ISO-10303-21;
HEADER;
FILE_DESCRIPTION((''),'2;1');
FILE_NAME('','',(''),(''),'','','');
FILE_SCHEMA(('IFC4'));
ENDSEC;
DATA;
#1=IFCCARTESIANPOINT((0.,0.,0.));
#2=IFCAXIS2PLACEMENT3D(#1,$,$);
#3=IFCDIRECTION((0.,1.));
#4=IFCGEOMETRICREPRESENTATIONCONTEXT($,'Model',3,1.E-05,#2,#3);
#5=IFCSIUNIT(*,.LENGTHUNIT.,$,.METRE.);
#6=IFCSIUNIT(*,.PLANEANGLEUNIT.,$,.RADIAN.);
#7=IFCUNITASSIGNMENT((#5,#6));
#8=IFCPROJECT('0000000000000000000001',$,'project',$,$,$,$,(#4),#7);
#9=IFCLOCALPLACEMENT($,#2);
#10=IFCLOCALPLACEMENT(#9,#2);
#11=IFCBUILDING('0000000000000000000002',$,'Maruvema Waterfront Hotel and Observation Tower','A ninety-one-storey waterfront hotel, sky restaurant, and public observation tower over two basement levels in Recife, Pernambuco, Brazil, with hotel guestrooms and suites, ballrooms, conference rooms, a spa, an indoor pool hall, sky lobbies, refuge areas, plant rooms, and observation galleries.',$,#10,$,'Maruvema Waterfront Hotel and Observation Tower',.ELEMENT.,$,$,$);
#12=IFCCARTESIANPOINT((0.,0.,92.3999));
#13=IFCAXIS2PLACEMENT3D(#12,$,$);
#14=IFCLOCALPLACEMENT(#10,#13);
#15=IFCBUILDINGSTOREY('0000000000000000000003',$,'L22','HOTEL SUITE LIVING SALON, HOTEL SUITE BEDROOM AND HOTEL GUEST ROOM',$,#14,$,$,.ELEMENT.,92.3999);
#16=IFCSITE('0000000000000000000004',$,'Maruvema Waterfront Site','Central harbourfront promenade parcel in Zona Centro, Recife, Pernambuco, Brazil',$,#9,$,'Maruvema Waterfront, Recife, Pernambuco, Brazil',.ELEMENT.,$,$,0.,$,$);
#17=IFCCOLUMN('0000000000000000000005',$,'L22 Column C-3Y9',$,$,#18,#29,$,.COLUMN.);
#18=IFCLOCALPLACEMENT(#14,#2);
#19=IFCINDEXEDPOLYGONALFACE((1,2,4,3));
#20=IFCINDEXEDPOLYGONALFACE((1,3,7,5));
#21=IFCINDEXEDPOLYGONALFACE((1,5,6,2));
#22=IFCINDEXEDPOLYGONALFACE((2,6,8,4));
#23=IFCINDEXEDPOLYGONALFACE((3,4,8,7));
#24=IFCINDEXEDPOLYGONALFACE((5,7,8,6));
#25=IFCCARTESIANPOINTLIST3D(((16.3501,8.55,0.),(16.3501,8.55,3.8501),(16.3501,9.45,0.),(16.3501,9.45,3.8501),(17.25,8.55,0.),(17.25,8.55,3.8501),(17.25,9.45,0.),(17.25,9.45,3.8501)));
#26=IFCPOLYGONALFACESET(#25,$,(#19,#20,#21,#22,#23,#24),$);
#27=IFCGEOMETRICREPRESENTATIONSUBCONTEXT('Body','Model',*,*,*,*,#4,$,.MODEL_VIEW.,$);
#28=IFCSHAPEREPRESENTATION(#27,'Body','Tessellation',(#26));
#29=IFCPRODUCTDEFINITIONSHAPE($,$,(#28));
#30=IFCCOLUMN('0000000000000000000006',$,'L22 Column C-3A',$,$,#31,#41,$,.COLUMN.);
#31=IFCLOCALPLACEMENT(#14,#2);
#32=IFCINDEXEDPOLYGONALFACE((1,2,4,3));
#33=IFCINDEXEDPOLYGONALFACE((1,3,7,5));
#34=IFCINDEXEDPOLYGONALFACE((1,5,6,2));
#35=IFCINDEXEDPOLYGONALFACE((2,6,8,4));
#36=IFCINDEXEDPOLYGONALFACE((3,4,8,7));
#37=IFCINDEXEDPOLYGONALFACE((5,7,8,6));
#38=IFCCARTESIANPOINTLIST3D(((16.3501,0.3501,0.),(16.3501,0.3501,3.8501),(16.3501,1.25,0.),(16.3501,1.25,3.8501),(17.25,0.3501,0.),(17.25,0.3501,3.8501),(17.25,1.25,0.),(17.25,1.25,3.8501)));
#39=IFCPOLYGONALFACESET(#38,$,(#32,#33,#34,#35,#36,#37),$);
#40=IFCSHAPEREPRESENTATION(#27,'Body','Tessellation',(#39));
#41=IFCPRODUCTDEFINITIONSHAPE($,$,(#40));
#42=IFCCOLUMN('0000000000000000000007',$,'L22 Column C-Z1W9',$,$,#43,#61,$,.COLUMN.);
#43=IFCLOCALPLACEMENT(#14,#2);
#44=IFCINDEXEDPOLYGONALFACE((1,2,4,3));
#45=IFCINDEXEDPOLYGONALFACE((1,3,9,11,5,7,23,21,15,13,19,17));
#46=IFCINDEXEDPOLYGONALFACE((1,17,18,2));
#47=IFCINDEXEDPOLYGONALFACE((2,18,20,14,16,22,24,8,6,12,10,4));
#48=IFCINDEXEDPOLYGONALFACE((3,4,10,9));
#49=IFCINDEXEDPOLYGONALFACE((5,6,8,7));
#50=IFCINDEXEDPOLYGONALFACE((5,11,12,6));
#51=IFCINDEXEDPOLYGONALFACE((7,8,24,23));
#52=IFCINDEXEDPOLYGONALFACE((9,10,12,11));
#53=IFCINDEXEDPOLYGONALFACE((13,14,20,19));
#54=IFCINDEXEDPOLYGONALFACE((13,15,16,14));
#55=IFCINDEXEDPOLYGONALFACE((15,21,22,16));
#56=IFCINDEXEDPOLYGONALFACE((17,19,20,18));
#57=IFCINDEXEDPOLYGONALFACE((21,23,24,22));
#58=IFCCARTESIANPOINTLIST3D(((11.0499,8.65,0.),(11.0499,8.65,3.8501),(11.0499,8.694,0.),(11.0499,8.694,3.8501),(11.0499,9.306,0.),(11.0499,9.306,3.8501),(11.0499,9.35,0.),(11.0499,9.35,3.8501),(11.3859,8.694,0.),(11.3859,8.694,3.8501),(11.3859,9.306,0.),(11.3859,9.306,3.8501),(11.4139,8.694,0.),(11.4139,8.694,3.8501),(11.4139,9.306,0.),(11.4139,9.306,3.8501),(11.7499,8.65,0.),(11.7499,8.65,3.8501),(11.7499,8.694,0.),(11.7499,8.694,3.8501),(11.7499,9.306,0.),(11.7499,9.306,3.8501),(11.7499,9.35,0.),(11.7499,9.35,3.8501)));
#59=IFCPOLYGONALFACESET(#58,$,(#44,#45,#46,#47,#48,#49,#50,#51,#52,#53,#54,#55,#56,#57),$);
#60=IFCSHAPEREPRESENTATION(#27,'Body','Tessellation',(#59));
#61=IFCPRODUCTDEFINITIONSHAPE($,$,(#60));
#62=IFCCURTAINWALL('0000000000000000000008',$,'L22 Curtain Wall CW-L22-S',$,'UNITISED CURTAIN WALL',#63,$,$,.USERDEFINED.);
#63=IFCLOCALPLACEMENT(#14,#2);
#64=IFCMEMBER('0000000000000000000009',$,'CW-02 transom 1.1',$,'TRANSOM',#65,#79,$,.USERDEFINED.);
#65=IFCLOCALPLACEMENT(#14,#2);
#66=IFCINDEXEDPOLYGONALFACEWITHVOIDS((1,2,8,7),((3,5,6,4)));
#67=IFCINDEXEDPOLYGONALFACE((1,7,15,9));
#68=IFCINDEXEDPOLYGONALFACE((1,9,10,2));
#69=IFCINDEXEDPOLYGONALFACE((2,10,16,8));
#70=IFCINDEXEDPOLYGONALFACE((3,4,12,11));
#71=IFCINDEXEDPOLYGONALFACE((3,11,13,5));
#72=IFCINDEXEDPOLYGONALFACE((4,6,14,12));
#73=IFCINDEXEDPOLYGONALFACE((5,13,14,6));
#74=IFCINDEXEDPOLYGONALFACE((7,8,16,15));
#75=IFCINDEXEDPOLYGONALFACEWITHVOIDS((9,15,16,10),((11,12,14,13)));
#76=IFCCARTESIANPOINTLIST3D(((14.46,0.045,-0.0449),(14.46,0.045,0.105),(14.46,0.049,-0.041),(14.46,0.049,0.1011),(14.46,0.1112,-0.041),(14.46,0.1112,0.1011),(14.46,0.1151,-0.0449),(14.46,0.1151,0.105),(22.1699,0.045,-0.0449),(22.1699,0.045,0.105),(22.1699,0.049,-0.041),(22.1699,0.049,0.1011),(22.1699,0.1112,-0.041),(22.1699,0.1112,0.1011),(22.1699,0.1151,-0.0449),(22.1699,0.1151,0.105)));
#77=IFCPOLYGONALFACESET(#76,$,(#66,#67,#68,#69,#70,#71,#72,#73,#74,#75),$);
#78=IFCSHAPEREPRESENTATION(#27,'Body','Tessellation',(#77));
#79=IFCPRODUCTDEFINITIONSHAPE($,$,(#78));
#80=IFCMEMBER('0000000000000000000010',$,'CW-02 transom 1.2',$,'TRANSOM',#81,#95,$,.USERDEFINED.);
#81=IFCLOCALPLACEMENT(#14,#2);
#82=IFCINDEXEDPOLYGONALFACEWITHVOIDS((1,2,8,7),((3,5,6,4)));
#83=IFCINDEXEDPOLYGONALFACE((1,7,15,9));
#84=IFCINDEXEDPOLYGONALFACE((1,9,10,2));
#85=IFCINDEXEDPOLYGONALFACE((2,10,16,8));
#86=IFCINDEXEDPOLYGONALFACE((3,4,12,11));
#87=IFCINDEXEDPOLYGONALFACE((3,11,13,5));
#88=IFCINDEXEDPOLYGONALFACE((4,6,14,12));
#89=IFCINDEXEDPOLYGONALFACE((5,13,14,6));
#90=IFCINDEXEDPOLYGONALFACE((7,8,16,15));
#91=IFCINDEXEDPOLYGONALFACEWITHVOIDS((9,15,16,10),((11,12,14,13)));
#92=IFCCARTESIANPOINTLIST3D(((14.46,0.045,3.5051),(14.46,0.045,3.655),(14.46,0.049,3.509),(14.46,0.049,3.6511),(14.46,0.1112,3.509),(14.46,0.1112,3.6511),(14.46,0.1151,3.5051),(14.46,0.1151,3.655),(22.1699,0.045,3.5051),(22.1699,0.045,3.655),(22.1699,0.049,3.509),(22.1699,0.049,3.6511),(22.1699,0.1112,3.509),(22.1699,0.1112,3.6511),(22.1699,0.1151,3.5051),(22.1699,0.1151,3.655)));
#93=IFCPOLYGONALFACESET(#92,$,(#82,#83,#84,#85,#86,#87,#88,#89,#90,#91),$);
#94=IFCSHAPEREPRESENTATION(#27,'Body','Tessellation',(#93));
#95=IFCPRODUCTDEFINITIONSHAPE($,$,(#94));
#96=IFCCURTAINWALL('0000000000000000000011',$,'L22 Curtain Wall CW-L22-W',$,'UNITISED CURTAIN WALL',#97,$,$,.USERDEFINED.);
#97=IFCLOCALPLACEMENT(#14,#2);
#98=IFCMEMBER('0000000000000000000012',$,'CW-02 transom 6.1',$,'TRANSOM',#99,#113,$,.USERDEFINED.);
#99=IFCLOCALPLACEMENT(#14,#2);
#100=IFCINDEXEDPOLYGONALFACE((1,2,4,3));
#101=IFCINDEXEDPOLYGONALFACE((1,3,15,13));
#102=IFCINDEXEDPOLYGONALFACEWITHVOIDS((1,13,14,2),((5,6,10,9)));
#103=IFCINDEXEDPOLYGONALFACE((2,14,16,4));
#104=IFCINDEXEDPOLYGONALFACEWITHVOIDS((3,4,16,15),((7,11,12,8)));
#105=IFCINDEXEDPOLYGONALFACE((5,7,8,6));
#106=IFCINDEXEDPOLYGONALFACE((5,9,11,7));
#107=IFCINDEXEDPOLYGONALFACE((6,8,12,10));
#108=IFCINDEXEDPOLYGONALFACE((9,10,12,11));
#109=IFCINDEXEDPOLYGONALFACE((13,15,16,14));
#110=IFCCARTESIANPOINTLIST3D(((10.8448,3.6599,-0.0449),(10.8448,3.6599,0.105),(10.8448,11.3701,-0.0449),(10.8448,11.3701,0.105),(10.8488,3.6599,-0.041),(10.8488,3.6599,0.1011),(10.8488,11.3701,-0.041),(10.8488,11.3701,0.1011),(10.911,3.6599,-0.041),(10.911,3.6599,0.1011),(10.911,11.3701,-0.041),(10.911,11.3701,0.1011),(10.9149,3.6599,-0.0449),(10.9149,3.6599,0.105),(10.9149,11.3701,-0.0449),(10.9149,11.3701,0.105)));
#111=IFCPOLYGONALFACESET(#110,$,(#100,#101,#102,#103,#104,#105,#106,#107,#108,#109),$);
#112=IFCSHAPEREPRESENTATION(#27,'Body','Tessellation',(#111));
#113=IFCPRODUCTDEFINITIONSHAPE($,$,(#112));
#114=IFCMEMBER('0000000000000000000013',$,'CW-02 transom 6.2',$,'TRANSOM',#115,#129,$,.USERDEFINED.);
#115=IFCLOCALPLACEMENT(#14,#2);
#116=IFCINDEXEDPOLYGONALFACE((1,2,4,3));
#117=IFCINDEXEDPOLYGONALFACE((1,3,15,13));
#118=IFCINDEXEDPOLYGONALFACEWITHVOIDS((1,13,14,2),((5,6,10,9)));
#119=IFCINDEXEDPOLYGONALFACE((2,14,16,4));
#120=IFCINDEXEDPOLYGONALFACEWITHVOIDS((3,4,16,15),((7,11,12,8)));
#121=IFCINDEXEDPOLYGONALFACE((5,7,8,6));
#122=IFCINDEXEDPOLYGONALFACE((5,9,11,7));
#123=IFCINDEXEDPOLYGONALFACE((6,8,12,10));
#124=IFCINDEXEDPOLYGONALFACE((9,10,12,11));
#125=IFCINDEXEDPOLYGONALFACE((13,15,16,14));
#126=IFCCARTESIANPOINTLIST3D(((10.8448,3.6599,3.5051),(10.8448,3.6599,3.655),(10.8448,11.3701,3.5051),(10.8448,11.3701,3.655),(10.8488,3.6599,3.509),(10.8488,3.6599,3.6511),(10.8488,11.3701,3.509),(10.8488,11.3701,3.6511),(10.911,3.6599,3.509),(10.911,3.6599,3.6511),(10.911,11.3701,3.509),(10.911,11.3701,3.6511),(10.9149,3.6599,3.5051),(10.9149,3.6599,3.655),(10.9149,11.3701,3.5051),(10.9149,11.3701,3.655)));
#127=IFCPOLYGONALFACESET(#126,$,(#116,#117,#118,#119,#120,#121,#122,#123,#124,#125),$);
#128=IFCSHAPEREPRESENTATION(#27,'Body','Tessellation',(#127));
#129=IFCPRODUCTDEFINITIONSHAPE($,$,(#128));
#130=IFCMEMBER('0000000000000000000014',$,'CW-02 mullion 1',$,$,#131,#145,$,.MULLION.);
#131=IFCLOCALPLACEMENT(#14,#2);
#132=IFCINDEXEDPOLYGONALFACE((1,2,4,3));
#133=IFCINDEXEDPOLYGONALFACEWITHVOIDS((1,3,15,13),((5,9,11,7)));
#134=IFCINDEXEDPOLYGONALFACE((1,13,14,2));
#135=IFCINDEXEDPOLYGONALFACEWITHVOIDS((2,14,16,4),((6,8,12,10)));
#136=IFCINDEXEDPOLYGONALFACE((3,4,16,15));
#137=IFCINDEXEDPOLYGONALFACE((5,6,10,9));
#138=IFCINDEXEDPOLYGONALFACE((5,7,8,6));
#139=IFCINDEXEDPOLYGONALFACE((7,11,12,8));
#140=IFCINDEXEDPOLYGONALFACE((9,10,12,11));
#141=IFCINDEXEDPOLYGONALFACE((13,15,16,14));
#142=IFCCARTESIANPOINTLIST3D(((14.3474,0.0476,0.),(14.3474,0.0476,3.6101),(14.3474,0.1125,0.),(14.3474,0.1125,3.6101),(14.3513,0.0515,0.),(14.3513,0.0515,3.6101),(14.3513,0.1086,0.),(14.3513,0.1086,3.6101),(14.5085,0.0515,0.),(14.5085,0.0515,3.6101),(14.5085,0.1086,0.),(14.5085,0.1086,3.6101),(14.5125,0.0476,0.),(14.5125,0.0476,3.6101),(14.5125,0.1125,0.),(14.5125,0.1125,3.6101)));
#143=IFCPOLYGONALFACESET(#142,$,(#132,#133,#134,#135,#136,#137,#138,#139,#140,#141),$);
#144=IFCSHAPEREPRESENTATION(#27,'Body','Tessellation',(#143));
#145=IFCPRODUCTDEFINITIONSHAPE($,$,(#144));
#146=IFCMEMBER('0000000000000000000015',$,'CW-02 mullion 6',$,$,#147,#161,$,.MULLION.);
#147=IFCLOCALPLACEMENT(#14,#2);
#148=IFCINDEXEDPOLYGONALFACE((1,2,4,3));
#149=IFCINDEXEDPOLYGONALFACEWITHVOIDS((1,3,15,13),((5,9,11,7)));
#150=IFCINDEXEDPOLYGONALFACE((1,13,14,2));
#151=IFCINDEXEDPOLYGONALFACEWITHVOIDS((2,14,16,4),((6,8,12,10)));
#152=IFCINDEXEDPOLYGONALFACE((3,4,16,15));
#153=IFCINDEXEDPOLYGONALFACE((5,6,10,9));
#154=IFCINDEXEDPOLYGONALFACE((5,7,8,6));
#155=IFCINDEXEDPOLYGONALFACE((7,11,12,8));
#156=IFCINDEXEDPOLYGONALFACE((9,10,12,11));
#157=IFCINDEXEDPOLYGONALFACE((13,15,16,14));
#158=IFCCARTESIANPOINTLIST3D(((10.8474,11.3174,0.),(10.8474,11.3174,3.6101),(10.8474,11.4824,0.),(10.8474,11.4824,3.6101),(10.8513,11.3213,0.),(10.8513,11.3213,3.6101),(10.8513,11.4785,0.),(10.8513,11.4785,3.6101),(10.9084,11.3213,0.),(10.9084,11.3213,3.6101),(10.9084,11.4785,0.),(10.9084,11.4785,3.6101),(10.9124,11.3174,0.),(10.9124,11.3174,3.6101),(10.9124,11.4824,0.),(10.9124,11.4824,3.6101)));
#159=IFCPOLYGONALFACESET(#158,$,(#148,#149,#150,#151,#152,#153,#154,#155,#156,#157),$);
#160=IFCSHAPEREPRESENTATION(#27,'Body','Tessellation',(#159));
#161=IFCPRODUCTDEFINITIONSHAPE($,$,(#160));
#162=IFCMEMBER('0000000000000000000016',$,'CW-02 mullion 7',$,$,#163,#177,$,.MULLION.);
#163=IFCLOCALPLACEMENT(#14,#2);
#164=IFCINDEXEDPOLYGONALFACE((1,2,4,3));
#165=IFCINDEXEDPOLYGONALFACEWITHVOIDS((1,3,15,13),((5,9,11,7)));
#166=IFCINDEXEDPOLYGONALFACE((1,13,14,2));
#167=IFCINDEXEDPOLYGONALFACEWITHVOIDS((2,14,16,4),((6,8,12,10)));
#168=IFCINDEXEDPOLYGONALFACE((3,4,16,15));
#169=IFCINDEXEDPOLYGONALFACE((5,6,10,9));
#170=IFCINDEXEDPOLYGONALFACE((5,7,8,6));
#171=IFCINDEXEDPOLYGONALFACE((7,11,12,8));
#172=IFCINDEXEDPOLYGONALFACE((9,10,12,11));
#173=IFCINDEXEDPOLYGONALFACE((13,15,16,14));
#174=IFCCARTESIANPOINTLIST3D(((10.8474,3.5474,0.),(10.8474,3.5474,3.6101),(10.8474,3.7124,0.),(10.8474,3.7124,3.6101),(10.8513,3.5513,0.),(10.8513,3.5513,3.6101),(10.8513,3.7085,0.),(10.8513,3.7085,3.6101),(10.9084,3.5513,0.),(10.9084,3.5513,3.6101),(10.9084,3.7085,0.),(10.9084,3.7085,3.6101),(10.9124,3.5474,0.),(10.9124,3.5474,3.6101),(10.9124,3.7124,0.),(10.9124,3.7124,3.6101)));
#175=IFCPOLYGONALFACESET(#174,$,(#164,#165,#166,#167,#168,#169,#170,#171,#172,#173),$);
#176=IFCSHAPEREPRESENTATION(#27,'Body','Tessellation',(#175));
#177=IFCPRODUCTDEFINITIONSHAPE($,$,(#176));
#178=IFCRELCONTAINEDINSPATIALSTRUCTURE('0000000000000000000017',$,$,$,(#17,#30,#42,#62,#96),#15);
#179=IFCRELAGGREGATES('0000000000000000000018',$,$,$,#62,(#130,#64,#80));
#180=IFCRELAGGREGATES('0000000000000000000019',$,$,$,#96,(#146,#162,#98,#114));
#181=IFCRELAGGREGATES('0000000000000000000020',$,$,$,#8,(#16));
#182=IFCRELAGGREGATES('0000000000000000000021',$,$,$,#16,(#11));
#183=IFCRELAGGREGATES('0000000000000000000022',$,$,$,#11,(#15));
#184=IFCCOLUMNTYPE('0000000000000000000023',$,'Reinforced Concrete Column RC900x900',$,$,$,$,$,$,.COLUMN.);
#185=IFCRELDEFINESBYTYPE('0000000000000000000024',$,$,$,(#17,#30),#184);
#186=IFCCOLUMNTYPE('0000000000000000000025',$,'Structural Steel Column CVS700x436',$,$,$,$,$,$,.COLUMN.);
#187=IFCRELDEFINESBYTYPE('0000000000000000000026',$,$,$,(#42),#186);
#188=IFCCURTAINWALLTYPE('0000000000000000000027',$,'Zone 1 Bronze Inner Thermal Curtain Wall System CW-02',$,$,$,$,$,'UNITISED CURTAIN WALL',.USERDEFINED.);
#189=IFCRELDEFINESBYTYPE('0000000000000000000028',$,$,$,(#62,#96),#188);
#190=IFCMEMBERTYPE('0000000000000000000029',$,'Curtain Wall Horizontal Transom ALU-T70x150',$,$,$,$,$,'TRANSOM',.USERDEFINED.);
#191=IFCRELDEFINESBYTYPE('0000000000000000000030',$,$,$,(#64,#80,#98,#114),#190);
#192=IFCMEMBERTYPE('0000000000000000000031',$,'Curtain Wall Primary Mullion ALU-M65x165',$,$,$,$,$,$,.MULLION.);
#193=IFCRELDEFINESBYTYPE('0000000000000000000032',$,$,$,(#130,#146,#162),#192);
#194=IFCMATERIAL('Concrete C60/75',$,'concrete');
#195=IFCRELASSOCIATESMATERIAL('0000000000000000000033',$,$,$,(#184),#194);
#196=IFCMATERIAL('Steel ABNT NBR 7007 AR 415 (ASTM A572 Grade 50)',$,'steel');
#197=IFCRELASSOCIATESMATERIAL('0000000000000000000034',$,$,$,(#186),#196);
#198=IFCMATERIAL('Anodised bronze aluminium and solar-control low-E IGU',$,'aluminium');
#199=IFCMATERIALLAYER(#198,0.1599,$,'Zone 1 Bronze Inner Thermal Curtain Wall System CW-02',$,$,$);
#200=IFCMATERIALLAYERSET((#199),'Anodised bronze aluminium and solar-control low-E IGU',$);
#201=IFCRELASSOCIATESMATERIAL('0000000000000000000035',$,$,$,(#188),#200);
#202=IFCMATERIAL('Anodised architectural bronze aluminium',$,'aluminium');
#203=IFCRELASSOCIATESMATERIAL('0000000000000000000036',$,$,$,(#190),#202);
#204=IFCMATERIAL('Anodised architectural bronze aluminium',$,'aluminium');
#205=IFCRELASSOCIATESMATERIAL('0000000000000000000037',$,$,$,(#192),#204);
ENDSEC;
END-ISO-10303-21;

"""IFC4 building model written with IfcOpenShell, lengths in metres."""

from ifc_helpers import new_model, si_unit, direction, frame, origin, origin_2d, place, context, subcontext, project, spatial, rectangle, hollow_rectangle, i_section, extrude, material, layer, layer_set, material_profile, profile_set, type_object, element, aggregate, save


model = new_model("IFC4")

# Units and contexts
model_context = context("Model", 3, precision=1e-05, world=origin(), true_north=direction((0.0, 1.0)))
body_context = subcontext(model_context, "Body", "Model", "MODEL_VIEW")
ifc_project = project(units=[si_unit("LENGTHUNIT", "METRE"), si_unit("PLANEANGLEUNIT", "RADIAN")], contexts=[model_context])

# Site, building, storey
site_placement = place(None, origin())
site = spatial("IfcSite", under=ifc_project, at=site_placement, Name="Maruvema Waterfront Site", Description="Central harbourfront promenade parcel in Zona Centro, Recife, Pernambuco, Brazil", LongName="Maruvema Waterfront, Recife, Pernambuco, Brazil", CompositionType="ELEMENT", RefElevation=0.0)
building_placement = place(site_placement, origin())
building = spatial("IfcBuilding", under=site, at=building_placement, Name="Maruvema Waterfront Hotel and Observation Tower", Description="A ninety-one-storey waterfront hotel, sky restaurant, and public observation tower over two basement levels in Recife, Pernambuco, Brazil, with hotel guestrooms and suites, ballrooms, conference rooms, a spa, an indoor pool hall, sky lobbies, refuge areas, plant rooms, and observation galleries.", LongName="Maruvema Waterfront Hotel and Observation Tower", CompositionType="ELEMENT")
storey_placement = place(building_placement, frame((0.0, 0.0, 92.3999)))
storey = spatial("IfcBuildingStorey", under=building, at=storey_placement, Name="L22", Description="HOTEL SUITE LIVING SALON, HOTEL SUITE BEDROOM AND HOTEL GUEST ROOM", CompositionType="ELEMENT", Elevation=92.3999)

# Columns
ifc_material_1 = material(Name="Concrete C60/75", Category="concrete")
ifc_material_profile_1 = material_profile(ifc_material_1, rectangle(XDim=0.8999, YDim=0.8999, at=origin_2d()), Name="RC900x900")
ifc_profile_set_1 = profile_set([ifc_material_profile_1], Name="Concrete C60/75")
column_type_1 = type_object("IfcColumnType", Name="Reinforced Concrete Column RC900x900", PredefinedType="COLUMN", material=ifc_profile_set_1)
for number, where, z_axis, x_axis, name in (
    (1, (16.8, 9.0, 0.0), (0.0, 0.0, 1.0), (1.0, 0.0, 0.0), "L22 Column C-3Y9"),
    (2, (16.8, 0.8, 0.0), (0.0, 0.0, 1.0), (1.0, 0.0, 0.0), "L22 Column C-3A"),
):
    element("IfcColumn", number, at=place(storey_placement, frame(where, z_axis=z_axis, x_axis=x_axis)), inside=storey, type_object=column_type_1, Name=name, PredefinedType="COLUMN", context=body_context, shape_type="SweptSolid", body=[
        extrude(rectangle(XDim=0.8999, YDim=0.8999, at=origin_2d()), origin(), (0.0, 0.0, 1.0), 3.8501),
    ])
ifc_material_2 = material(Name="Steel ABNT NBR 7007 AR 415 (ASTM A572 Grade 50)", Category="steel")
ifc_material_profile_2 = material_profile(ifc_material_2, i_section(OverallWidth=0.7, OverallDepth=0.7, WebThickness=0.0281, FlangeThickness=0.0439, at=origin_2d()), Name="CVS700x436")
ifc_profile_set_2 = profile_set([ifc_material_profile_2], Name="Steel ABNT NBR 7007 AR 415 (ASTM A572 Grade 50)")
column_type_2 = type_object("IfcColumnType", Name="Structural Steel Column CVS700x436", PredefinedType="COLUMN", material=ifc_profile_set_2)
column_placement = place(storey_placement, frame((11.3999, 9.0, 0.0), z_axis=(0.0, 0.0, 1.0), x_axis=(1.0, 0.0, 0.0)))
element("IfcColumn", 3, at=column_placement, inside=storey, type_object=column_type_2, Name="L22 Column C-Z1W9", PredefinedType="COLUMN", context=body_context, shape_type="SweptSolid", body=[
    extrude(i_section(OverallWidth=0.7, OverallDepth=0.7, WebThickness=0.0281, FlangeThickness=0.0439, at=origin_2d()), origin(), (0.0, 0.0, 1.0), 3.8501),
])

# Curtain walls, members
ifc_material_3 = material(Name="Anodised bronze aluminium and solar-control low-E IGU", Category="aluminium")
ifc_layer_1 = layer(ifc_material_3, 0.1599, Name="Zone 1 Bronze Inner Thermal Curtain Wall System CW-02")
ifc_layer_set_1 = layer_set([ifc_layer_1], Name="Anodised bronze aluminium and solar-control low-E IGU")
curtain_wall_type = type_object("IfcCurtainWallType", Name="Zone 1 Bronze Inner Thermal Curtain Wall System CW-02", ElementType="UNITISED CURTAIN WALL", PredefinedType="USERDEFINED", material=ifc_layer_set_1)
curtain_wall_1_placement = place(storey_placement, origin())
curtain_wall_1 = element("IfcCurtainWall", 4, at=curtain_wall_1_placement, inside=storey, type_object=curtain_wall_type, Name="L22 Curtain Wall CW-L22-S", ObjectType="UNITISED CURTAIN WALL", PredefinedType="USERDEFINED")
ifc_material_4 = material(Name="Anodised architectural bronze aluminium", Category="aluminium")
ifc_material_profile_3 = material_profile(ifc_material_4, hollow_rectangle(XDim=0.0701, YDim=0.1499, WallThickness=0.0039, at=origin_2d()), Name="ALU-T70x150")
ifc_profile_set_3 = profile_set([ifc_material_profile_3], Name="Anodised architectural bronze aluminium")
member_type_1 = type_object("IfcMemberType", Name="Curtain Wall Horizontal Transom ALU-T70x150", ElementType="TRANSOM", PredefinedType="USERDEFINED", material=ifc_profile_set_3)
member_1_placement = place(storey_placement, frame((14.46, 0.0801, 0.03), z_axis=(1.0, 0.0, 0.0), x_axis=(0.0, 1.0, 0.0)))
member_1 = element("IfcMember", 5, at=member_1_placement, type_object=member_type_1, Name="CW-02 transom 1.1", ObjectType="TRANSOM", PredefinedType="USERDEFINED", context=body_context, shape_type="SweptSolid", body=[
    extrude(hollow_rectangle(XDim=0.0701, YDim=0.1499, WallThickness=0.0039, at=origin_2d()), origin(), (0.0, 0.0, 1.0), 7.71),
])
member_2_placement = place(storey_placement, frame((14.46, 0.0801, 3.5801), z_axis=(1.0, 0.0, 0.0), x_axis=(0.0, 1.0, 0.0)))
member_2 = element("IfcMember", 6, at=member_2_placement, type_object=member_type_1, Name="CW-02 transom 1.2", ObjectType="TRANSOM", PredefinedType="USERDEFINED", context=body_context, shape_type="SweptSolid", body=[
    extrude(hollow_rectangle(XDim=0.0701, YDim=0.1499, WallThickness=0.0039, at=origin_2d()), origin(), (0.0, 0.0, 1.0), 7.71),
])
curtain_wall_2_placement = place(storey_placement, origin())
curtain_wall_2 = element("IfcCurtainWall", 7, at=curtain_wall_2_placement, inside=storey, type_object=curtain_wall_type, Name="L22 Curtain Wall CW-L22-W", ObjectType="UNITISED CURTAIN WALL", PredefinedType="USERDEFINED")
member_3_placement = place(storey_placement, frame((10.8799, 11.3701, 0.03), z_axis=(0.0, -1.0, 0.0), x_axis=(1.0, 0.0, 0.0)))
member_3 = element("IfcMember", 8, at=member_3_placement, type_object=member_type_1, Name="CW-02 transom 6.1", ObjectType="TRANSOM", PredefinedType="USERDEFINED", context=body_context, shape_type="SweptSolid", body=[
    extrude(hollow_rectangle(XDim=0.0701, YDim=0.1499, WallThickness=0.0039, at=origin_2d()), origin(), (0.0, 0.0, 1.0), 7.7102),
])
member_4_placement = place(storey_placement, frame((10.8799, 11.3701, 3.5801), z_axis=(0.0, -1.0, 0.0), x_axis=(1.0, 0.0, 0.0)))
member_4 = element("IfcMember", 9, at=member_4_placement, type_object=member_type_1, Name="CW-02 transom 6.2", ObjectType="TRANSOM", PredefinedType="USERDEFINED", context=body_context, shape_type="SweptSolid", body=[
    extrude(hollow_rectangle(XDim=0.0701, YDim=0.1499, WallThickness=0.0039, at=origin_2d()), origin(), (0.0, 0.0, 1.0), 7.7102),
])

# Members
ifc_material_5 = material(Name="Anodised architectural bronze aluminium", Category="aluminium")
ifc_material_profile_4 = material_profile(ifc_material_5, hollow_rectangle(XDim=0.0649, YDim=0.165, WallThickness=0.0039, at=origin_2d()), Name="ALU-M65x165")
ifc_profile_set_4 = profile_set([ifc_material_profile_4], Name="Anodised architectural bronze aluminium")
member_type_2 = type_object("IfcMemberType", Name="Curtain Wall Primary Mullion ALU-M65x165", PredefinedType="MULLION", material=ifc_profile_set_4)
member_5_placement = place(storey_placement, frame((14.4299, 0.0801, 0.0), z_axis=(0.0, 0.0, 1.0), x_axis=(0.0, 1.0, 0.0)))
member_5 = element("IfcMember", 10, at=member_5_placement, type_object=member_type_2, Name="CW-02 mullion 1", PredefinedType="MULLION", context=body_context, shape_type="SweptSolid", body=[
    extrude(hollow_rectangle(XDim=0.0649, YDim=0.165, WallThickness=0.0039, at=origin_2d()), origin(), (0.0, 0.0, 1.0), 3.6101),
])
member_6_placement = place(storey_placement, frame((10.8799, 11.3999, 0.0), z_axis=(0.0, 0.0, 1.0), x_axis=(1.0, 0.0, 0.0)))
member_6 = element("IfcMember", 11, at=member_6_placement, type_object=member_type_2, Name="CW-02 mullion 6", PredefinedType="MULLION", context=body_context, shape_type="SweptSolid", body=[
    extrude(hollow_rectangle(XDim=0.0649, YDim=0.165, WallThickness=0.0039, at=origin_2d()), origin(), (0.0, 0.0, 1.0), 3.6101),
])
member_7_placement = place(storey_placement, frame((10.8799, 3.6299, 0.0), z_axis=(0.0, 0.0, 1.0), x_axis=(1.0, 0.0, 0.0)))
member_7 = element("IfcMember", 12, at=member_7_placement, type_object=member_type_2, Name="CW-02 mullion 7", PredefinedType="MULLION", context=body_context, shape_type="SweptSolid", body=[
    extrude(hollow_rectangle(XDim=0.0649, YDim=0.165, WallThickness=0.0039, at=origin_2d()), origin(), (0.0, 0.0, 1.0), 3.6101),
])

aggregate(curtain_wall_1, [member_5, member_1, member_2])
aggregate(curtain_wall_2, [member_6, member_7, member_3, member_4])

save(model, "model.ifc")
